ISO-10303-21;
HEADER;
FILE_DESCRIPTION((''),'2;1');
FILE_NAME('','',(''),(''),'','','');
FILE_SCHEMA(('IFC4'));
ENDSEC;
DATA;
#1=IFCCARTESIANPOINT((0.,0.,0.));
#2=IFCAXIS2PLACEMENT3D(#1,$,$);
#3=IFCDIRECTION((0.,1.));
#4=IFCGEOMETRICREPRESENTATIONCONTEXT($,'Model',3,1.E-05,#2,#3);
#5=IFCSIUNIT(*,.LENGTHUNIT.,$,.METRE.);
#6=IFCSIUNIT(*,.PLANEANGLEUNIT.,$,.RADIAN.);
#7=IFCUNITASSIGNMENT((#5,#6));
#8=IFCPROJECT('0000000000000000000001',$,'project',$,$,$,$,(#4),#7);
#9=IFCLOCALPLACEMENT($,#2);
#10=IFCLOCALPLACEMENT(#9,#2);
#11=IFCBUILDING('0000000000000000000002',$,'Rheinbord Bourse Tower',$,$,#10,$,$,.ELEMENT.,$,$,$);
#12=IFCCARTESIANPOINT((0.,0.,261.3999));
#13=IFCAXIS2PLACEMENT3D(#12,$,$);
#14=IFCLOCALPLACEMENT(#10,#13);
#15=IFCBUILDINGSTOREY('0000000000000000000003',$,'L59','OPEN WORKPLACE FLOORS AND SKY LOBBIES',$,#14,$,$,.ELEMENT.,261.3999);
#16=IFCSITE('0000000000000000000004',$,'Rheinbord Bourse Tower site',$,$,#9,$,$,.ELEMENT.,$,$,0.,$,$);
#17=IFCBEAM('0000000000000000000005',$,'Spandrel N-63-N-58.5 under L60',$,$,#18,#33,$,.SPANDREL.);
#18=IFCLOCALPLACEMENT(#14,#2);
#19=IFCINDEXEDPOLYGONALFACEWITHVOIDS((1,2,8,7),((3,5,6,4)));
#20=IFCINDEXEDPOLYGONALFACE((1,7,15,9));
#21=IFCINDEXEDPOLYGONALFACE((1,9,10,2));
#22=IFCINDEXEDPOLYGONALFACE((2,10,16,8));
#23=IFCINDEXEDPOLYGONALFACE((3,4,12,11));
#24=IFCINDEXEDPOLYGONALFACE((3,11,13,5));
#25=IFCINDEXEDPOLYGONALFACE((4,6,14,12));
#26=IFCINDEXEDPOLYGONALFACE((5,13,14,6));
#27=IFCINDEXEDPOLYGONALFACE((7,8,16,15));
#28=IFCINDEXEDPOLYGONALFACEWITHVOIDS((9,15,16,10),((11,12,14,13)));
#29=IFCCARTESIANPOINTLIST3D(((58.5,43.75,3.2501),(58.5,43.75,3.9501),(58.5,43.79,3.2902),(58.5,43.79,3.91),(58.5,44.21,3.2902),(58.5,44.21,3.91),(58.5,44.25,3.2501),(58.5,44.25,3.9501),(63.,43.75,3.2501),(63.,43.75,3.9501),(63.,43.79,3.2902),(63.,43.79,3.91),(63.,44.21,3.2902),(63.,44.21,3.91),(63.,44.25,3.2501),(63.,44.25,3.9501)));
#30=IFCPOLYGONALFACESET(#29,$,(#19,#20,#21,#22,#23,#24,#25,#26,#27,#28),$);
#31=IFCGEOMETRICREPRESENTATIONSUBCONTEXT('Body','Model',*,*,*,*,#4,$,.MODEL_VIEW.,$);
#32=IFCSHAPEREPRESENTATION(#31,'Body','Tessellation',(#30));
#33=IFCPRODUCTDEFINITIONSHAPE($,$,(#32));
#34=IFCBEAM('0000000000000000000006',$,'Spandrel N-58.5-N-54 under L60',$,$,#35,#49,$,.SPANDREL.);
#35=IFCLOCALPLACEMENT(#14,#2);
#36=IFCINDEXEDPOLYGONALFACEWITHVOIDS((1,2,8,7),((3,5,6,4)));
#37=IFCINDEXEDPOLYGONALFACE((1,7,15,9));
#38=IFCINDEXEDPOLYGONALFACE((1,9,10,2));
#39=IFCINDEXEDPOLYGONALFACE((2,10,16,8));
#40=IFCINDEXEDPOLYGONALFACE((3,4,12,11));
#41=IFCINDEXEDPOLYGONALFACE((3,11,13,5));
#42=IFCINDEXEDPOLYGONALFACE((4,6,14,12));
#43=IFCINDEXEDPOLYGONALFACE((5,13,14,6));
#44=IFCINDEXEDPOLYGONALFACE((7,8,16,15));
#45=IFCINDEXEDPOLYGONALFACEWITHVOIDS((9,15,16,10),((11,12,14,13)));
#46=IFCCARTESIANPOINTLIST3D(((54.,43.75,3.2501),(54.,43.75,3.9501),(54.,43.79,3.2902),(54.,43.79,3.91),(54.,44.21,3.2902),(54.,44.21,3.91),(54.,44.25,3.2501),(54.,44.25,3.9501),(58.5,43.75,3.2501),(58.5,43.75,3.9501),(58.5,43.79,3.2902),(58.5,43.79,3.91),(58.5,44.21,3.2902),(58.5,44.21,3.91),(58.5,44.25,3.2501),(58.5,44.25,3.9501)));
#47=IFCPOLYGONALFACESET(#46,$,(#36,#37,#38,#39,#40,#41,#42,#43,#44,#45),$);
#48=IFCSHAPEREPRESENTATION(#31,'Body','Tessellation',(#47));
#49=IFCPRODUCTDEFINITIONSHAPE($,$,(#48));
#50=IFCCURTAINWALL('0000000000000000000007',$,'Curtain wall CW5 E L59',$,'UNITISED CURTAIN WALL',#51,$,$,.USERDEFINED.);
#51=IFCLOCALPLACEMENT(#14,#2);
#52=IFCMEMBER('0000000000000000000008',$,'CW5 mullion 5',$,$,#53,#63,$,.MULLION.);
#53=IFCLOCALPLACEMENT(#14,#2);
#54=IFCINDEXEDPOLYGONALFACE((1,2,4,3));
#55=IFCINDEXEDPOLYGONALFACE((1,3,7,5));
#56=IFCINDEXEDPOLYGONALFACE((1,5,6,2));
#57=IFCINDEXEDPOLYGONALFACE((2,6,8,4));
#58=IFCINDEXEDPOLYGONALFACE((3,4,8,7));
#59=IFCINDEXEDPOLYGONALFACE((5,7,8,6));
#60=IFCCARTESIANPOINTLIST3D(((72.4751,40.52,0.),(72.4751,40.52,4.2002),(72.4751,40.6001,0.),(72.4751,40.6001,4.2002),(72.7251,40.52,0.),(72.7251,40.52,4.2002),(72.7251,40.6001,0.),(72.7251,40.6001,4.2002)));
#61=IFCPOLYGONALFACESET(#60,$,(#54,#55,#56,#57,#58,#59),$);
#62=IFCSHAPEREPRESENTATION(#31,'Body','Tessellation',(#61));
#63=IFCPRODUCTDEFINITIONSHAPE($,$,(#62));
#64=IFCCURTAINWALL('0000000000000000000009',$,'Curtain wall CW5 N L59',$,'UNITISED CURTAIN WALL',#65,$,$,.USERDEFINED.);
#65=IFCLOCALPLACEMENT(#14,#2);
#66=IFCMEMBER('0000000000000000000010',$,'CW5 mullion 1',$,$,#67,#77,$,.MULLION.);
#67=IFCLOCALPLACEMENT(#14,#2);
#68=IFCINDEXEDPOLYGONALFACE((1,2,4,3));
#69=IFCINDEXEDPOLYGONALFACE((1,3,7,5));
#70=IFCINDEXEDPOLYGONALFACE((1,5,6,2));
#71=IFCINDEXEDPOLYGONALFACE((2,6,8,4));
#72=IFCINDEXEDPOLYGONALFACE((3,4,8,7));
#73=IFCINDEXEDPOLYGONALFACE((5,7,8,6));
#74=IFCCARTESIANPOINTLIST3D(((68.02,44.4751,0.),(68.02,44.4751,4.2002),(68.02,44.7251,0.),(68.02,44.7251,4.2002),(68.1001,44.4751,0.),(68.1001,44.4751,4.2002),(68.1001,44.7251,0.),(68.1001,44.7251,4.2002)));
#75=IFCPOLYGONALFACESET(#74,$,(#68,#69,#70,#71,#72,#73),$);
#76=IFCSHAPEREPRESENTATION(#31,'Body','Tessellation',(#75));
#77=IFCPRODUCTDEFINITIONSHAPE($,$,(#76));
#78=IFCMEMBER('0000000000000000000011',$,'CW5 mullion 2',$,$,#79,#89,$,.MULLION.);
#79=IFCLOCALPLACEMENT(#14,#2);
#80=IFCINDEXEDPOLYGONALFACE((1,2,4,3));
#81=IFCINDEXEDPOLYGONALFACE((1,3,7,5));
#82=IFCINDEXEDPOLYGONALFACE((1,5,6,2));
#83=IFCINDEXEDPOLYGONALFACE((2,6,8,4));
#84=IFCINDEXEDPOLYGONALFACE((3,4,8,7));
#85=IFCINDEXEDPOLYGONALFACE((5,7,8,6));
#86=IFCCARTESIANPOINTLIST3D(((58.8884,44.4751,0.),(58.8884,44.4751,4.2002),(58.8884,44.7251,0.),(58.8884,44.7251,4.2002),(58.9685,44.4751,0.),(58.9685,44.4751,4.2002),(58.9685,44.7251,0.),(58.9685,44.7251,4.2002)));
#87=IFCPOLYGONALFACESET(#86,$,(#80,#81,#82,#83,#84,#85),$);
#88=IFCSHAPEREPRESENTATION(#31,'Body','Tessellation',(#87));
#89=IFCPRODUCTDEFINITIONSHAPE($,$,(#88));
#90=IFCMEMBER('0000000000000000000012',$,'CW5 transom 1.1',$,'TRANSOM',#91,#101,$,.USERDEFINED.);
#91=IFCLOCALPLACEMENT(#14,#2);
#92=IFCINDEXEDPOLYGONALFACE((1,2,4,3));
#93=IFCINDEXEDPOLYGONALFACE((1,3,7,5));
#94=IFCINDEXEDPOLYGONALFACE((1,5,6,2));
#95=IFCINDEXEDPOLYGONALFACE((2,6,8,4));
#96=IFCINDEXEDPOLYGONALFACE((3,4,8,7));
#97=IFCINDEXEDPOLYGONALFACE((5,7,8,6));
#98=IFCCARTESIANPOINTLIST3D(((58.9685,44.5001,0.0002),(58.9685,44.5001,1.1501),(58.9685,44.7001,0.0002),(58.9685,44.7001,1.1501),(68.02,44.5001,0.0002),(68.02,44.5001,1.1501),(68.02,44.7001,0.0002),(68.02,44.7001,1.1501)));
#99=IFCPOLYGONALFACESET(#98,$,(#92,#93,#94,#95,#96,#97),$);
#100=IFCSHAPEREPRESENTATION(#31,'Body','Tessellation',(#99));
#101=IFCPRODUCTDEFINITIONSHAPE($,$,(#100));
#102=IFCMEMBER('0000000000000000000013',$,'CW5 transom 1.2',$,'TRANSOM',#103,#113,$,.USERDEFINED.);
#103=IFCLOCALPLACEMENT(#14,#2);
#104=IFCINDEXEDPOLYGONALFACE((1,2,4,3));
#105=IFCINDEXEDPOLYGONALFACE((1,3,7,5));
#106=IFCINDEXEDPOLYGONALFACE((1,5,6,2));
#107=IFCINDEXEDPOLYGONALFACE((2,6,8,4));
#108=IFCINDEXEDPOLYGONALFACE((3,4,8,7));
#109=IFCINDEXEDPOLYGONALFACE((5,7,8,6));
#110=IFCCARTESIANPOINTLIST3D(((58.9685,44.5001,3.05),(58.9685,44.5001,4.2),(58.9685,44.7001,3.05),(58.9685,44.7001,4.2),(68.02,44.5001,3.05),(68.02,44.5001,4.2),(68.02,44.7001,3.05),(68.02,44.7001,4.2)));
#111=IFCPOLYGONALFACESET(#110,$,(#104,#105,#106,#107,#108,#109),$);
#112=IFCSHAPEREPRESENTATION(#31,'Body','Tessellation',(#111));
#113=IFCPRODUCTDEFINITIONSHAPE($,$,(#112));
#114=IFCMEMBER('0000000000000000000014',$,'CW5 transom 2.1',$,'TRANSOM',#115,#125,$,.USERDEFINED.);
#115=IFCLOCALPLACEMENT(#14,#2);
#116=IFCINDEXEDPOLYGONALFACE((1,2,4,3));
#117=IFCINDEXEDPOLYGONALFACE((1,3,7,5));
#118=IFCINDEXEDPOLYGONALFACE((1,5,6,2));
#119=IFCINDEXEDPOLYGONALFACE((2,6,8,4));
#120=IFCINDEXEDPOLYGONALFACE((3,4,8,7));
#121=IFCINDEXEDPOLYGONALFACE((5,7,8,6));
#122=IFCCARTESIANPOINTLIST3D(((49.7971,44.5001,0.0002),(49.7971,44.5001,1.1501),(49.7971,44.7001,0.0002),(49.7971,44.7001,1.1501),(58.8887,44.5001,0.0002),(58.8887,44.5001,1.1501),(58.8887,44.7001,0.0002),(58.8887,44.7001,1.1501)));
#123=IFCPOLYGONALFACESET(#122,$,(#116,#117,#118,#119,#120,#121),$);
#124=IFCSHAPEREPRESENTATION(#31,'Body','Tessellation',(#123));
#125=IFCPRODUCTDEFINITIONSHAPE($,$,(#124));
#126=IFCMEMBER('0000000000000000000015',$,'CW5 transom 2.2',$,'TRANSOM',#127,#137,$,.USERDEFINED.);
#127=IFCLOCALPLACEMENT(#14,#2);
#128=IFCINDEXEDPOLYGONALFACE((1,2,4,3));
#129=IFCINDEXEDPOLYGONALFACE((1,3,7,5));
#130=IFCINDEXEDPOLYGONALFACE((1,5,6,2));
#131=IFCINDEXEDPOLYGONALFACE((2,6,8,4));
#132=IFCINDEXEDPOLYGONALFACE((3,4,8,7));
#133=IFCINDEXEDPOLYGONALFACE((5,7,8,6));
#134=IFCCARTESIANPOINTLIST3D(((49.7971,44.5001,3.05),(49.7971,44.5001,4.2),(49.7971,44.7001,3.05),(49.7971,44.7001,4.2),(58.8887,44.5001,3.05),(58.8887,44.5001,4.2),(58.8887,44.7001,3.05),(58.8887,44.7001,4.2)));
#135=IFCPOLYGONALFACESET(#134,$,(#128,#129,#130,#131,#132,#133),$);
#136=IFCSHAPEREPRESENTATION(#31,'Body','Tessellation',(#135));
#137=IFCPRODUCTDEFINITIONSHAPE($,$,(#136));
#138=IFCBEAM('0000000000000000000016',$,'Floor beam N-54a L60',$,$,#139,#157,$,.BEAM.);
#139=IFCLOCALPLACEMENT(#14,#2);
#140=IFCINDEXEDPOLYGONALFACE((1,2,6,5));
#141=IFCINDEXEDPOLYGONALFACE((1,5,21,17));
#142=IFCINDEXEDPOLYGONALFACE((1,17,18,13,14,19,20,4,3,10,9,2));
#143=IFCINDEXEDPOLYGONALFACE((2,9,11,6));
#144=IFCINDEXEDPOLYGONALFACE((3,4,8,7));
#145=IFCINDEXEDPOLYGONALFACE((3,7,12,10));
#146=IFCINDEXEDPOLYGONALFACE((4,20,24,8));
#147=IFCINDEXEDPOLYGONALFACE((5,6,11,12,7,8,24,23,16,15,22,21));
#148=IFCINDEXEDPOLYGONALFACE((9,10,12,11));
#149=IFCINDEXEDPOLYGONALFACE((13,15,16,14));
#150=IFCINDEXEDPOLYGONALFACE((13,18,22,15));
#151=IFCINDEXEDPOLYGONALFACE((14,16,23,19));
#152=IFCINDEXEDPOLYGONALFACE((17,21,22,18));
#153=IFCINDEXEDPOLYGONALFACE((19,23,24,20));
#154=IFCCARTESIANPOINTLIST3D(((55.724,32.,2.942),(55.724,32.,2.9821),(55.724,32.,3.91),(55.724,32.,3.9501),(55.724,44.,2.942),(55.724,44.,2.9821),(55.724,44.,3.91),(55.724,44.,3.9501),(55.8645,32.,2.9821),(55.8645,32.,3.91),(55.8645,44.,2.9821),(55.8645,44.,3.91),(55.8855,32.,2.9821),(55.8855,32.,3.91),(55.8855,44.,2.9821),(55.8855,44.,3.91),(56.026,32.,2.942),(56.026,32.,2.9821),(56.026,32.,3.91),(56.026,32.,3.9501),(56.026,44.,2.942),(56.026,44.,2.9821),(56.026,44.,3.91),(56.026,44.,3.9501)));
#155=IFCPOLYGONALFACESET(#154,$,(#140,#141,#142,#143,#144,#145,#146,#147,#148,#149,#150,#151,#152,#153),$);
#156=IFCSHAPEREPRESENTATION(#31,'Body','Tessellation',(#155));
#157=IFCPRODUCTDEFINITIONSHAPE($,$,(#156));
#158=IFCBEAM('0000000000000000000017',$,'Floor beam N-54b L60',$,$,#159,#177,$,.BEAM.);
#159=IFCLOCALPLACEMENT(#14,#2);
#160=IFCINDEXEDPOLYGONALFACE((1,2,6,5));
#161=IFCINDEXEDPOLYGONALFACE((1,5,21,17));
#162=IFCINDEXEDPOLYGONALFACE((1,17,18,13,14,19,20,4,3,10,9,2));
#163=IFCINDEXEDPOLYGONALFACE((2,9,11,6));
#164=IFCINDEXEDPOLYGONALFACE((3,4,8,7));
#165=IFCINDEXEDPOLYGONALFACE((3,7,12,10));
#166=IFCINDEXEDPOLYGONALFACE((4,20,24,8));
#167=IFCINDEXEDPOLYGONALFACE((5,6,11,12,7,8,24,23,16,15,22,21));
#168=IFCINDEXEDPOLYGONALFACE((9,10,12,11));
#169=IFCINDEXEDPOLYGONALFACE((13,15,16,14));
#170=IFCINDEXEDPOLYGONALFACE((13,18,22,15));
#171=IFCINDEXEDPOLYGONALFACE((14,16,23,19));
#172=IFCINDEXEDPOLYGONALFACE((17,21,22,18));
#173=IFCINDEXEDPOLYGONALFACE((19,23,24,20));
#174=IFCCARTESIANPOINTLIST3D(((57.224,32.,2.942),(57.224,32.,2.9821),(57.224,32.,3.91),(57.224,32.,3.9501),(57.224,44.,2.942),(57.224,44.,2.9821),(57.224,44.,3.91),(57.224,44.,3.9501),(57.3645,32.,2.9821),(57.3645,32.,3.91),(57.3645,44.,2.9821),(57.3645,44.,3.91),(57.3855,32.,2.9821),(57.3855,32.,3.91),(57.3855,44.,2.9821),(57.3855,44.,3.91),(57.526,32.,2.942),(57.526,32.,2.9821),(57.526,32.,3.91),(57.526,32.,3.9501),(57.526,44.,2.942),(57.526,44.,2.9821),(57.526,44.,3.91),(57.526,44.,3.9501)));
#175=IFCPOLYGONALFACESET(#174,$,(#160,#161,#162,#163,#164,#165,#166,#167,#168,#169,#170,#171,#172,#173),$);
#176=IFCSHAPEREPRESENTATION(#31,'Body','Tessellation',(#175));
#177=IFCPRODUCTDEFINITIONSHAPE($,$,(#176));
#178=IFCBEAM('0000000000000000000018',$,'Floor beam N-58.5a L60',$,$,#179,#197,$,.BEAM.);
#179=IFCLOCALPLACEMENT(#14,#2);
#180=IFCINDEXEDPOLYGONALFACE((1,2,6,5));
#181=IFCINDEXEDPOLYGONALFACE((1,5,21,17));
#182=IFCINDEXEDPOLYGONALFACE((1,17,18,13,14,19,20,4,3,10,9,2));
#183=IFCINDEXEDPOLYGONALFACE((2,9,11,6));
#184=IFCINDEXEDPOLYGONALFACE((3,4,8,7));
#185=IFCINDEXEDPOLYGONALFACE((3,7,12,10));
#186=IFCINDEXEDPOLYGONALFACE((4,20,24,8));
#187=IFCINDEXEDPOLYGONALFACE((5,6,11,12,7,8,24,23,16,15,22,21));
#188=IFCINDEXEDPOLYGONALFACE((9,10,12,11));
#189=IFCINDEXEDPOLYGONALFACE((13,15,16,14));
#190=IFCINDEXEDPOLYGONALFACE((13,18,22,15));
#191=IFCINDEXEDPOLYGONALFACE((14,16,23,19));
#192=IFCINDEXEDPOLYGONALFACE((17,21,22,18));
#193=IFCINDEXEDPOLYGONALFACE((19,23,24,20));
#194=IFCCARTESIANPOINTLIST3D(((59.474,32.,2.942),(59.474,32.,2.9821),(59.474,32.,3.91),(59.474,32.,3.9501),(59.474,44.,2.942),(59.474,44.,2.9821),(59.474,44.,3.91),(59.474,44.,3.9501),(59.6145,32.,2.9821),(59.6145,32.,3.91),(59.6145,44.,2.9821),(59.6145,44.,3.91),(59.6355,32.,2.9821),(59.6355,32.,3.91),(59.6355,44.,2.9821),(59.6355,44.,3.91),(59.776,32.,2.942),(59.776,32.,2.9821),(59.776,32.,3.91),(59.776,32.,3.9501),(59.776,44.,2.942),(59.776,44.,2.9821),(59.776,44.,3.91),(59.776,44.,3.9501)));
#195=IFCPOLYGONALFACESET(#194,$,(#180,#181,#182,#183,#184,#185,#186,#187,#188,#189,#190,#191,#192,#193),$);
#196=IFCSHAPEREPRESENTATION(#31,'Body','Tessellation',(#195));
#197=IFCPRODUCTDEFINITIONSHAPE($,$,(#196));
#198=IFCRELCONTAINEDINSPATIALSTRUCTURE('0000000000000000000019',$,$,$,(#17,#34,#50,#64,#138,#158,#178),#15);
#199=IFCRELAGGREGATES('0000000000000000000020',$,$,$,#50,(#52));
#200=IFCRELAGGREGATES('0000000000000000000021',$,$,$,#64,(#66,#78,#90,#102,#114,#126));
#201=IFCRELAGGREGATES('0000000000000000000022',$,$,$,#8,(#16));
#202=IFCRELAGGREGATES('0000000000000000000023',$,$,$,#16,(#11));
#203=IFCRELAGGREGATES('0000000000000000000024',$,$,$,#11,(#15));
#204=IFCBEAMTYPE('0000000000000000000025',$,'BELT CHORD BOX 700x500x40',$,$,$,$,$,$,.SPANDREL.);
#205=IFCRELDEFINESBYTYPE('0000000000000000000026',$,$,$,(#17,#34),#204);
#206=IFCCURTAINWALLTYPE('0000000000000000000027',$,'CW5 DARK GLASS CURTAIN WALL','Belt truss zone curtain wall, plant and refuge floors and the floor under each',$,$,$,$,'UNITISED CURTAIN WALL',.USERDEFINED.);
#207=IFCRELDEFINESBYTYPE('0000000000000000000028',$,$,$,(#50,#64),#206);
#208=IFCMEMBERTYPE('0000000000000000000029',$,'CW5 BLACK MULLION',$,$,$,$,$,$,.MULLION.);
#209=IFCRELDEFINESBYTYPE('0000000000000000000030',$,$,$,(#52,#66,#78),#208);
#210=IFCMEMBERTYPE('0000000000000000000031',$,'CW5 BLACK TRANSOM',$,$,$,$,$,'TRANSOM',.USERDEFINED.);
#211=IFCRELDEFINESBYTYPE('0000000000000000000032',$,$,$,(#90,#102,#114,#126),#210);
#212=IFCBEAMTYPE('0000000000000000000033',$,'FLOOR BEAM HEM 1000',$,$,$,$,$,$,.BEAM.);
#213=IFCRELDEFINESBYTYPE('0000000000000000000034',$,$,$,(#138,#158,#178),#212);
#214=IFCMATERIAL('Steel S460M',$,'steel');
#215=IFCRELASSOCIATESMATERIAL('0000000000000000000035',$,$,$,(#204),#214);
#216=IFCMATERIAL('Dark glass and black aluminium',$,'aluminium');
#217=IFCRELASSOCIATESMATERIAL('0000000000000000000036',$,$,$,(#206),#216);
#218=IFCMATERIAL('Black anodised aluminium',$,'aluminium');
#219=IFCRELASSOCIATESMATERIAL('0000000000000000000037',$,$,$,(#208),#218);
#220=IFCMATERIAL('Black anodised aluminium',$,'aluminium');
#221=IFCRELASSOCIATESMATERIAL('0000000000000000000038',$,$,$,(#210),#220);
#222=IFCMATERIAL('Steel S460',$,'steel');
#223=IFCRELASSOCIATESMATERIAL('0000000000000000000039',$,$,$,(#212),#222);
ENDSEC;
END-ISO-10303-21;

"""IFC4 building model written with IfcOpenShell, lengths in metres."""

from ifc_helpers import new_model, si_unit, direction, frame, origin, origin_2d, place, context, subcontext, project, spatial, rectangle, hollow_rectangle, i_section, extrude, material, material_profile, profile_set, type_object, element, aggregate, save


model = new_model("IFC4")

# Units and contexts
model_context = context("Model", 3, precision=1e-05, world=origin(), true_north=direction((0.0, 1.0)))
body_context = subcontext(model_context, "Body", "Model", "MODEL_VIEW")
ifc_project = project(units=[si_unit("LENGTHUNIT", "METRE"), si_unit("PLANEANGLEUNIT", "RADIAN")], contexts=[model_context])

# Site, building, storey
site_placement = place(None, origin())
site = spatial("IfcSite", under=ifc_project, at=site_placement, Name="Rheinbord Bourse Tower site", CompositionType="ELEMENT", RefElevation=0.0)
building_placement = place(site_placement, origin())
building = spatial("IfcBuilding", under=site, at=building_placement, Name="Rheinbord Bourse Tower", CompositionType="ELEMENT")
storey_placement = place(building_placement, frame((0.0, 0.0, 261.3999)))
storey = spatial("IfcBuildingStorey", under=building, at=storey_placement, Name="L59", Description="OPEN WORKPLACE FLOORS AND SKY LOBBIES", CompositionType="ELEMENT", Elevation=261.3999)

# Beams
ifc_material_1 = material(Name="Steel S460M", Category="steel")
ifc_material_profile_1 = material_profile(ifc_material_1, hollow_rectangle(XDim=0.5, YDim=0.7, WallThickness=0.04, at=origin_2d()), Name="BOX 700x500x40")
ifc_profile_set_1 = profile_set([ifc_material_profile_1], Name="Steel S460M")
beam_type_1 = type_object("IfcBeamType", Name="BELT CHORD BOX 700x500x40", PredefinedType="SPANDREL", material=ifc_profile_set_1)
for number, where, z_axis, x_axis, name in (
    (1, (63.0, 44.0, 3.6001), (-1.0, 0.0, 0.0), (0.0, -1.0, 0.0), "Spandrel N-63-N-58.5 under L60"),
    (2, (58.5, 44.0, 3.6001), (-1.0, 0.0, 0.0), (0.0, -1.0, 0.0), "Spandrel N-58.5-N-54 under L60"),
):
    element("IfcBeam", number, at=place(storey_placement, frame(where, z_axis=z_axis, x_axis=x_axis)), inside=storey, type_object=beam_type_1, Name=name, PredefinedType="SPANDREL", context=body_context, shape_type="SweptSolid", body=[
        extrude(hollow_rectangle(XDim=0.5, YDim=0.7, WallThickness=0.04, at=origin_2d()), origin(), (0.0, 0.0, 1.0), 4.5),
    ])

# Curtain wall, member
ifc_material_2 = material(Name="Dark glass and black aluminium", Category="aluminium")
curtain_wall_type = type_object("IfcCurtainWallType", Name="CW5 DARK GLASS CURTAIN WALL", Description="Belt truss zone curtain wall, plant and refuge floors and the floor under each", ElementType="UNITISED CURTAIN WALL", PredefinedType="USERDEFINED", material=ifc_material_2)
curtain_wall_1_placement = place(storey_placement, origin())
curtain_wall_1 = element("IfcCurtainWall", 3, at=curtain_wall_1_placement, inside=storey, type_object=curtain_wall_type, Name="Curtain wall CW5 E L59", ObjectType="UNITISED CURTAIN WALL", PredefinedType="USERDEFINED")
ifc_material_3 = material(Name="Black anodised aluminium", Category="aluminium")
ifc_material_profile_2 = material_profile(ifc_material_3, rectangle(XDim=0.25, YDim=0.0801, at=origin_2d()), Name="CW5 MULLION 80x250")
ifc_profile_set_2 = profile_set([ifc_material_profile_2], Name="Black anodised aluminium")
member_type_1 = type_object("IfcMemberType", Name="CW5 BLACK MULLION", PredefinedType="MULLION", material=ifc_profile_set_2)
member_1_placement = place(storey_placement, frame((72.6001, 40.5601, 0.0), z_axis=(0.0, 0.0, 1.0), x_axis=(-1.0, 0.0, 0.0)))
member_1 = element("IfcMember", 4, at=member_1_placement, type_object=member_type_1, Name="CW5 mullion 5", PredefinedType="MULLION", context=body_context, shape_type="SweptSolid", body=[
    extrude(rectangle(XDim=0.25, YDim=0.0801, at=origin_2d()), origin(), (0.0, 0.0, 1.0), 4.2002),
])

# Curtain wall, members
curtain_wall_2_placement = place(storey_placement, origin())
curtain_wall_2 = element("IfcCurtainWall", 5, at=curtain_wall_2_placement, inside=storey, type_object=curtain_wall_type, Name="Curtain wall CW5 N L59", ObjectType="UNITISED CURTAIN WALL", PredefinedType="USERDEFINED")
member_2_placement = place(storey_placement, frame((68.0601, 44.6001, 0.0), z_axis=(0.0, 0.0, 1.0), x_axis=(0.0, -1.0, 0.0)))
member_2 = element("IfcMember", 6, at=member_2_placement, type_object=member_type_1, Name="CW5 mullion 1", PredefinedType="MULLION", context=body_context, shape_type="SweptSolid", body=[
    extrude(rectangle(XDim=0.25, YDim=0.0801, at=origin_2d()), origin(), (0.0, 0.0, 1.0), 4.2002),
])
member_3_placement = place(storey_placement, frame((58.9285, 44.6001, 0.0), z_axis=(0.0, 0.0, 1.0), x_axis=(0.0, -1.0, 0.0)))
member_3 = element("IfcMember", 7, at=member_3_placement, type_object=member_type_1, Name="CW5 mullion 2", PredefinedType="MULLION", context=body_context, shape_type="SweptSolid", body=[
    extrude(rectangle(XDim=0.25, YDim=0.0801, at=origin_2d()), origin(), (0.0, 0.0, 1.0), 4.2002),
])
ifc_material_4 = material(Name="Black anodised aluminium", Category="aluminium")
ifc_material_profile_3 = material_profile(ifc_material_4, rectangle(XDim=0.2, YDim=1.1499, at=origin_2d()), Name="CW5 TRANSOM 1150x200")
ifc_profile_set_3 = profile_set([ifc_material_profile_3], Name="Black anodised aluminium")
member_type_2 = type_object("IfcMemberType", Name="CW5 BLACK TRANSOM", ElementType="TRANSOM", PredefinedType="USERDEFINED", material=ifc_profile_set_3)
member_4_placement = place(storey_placement, frame((68.02, 44.6001, 0.5752), z_axis=(-1.0, 0.0, 0.0), x_axis=(0.0, -1.0, 0.0)))
member_4 = element("IfcMember", 8, at=member_4_placement, type_object=member_type_2, Name="CW5 transom 1.1", ObjectType="TRANSOM", PredefinedType="USERDEFINED", context=body_context, shape_type="SweptSolid", body=[
    extrude(rectangle(XDim=0.2, YDim=1.1499, at=origin_2d()), origin(), (0.0, 0.0, 1.0), 9.0515),
])
member_5_placement = place(storey_placement, frame((68.02, 44.6001, 3.625), z_axis=(-1.0, 0.0, 0.0), x_axis=(0.0, -1.0, 0.0)))
member_5 = element("IfcMember", 9, at=member_5_placement, type_object=member_type_2, Name="CW5 transom 1.2", ObjectType="TRANSOM", PredefinedType="USERDEFINED", context=body_context, shape_type="SweptSolid", body=[
    extrude(rectangle(XDim=0.2, YDim=1.1499, at=origin_2d()), origin(), (0.0, 0.0, 1.0), 9.0515),
])
member_6_placement = place(storey_placement, frame((58.8887, 44.6001, 0.5752), z_axis=(-1.0, 0.0, 0.0), x_axis=(0.0, -1.0, 0.0)))
member_6 = element("IfcMember", 10, at=member_6_placement, type_object=member_type_2, Name="CW5 transom 2.1", ObjectType="TRANSOM", PredefinedType="USERDEFINED", context=body_context, shape_type="SweptSolid", body=[
    extrude(rectangle(XDim=0.2, YDim=1.1499, at=origin_2d()), origin(), (0.0, 0.0, 1.0), 9.0916),
])
member_7_placement = place(storey_placement, frame((58.8887, 44.6001, 3.625), z_axis=(-1.0, 0.0, 0.0), x_axis=(0.0, -1.0, 0.0)))
member_7 = element("IfcMember", 11, at=member_7_placement, type_object=member_type_2, Name="CW5 transom 2.2", ObjectType="TRANSOM", PredefinedType="USERDEFINED", context=body_context, shape_type="SweptSolid", body=[
    extrude(rectangle(XDim=0.2, YDim=1.1499, at=origin_2d()), origin(), (0.0, 0.0, 1.0), 9.0916),
])

# Beams
ifc_material_5 = material(Name="Steel S460", Category="steel")
ifc_material_profile_4 = material_profile(ifc_material_5, i_section(OverallWidth=0.302, OverallDepth=1.0081, WebThickness=0.021, FlangeThickness=0.04, at=origin_2d()), Name="HEM 1000")
ifc_profile_set_4 = profile_set([ifc_material_profile_4], Name="Steel S460")
beam_type_2 = type_object("IfcBeamType", Name="FLOOR BEAM HEM 1000", PredefinedType="BEAM", material=ifc_profile_set_4)
for number, where, z_axis, x_axis, name in (
    (12, (55.875, 44.0, 3.446), (0.0, -1.0, 0.0), (1.0, 0.0, 0.0), "Floor beam N-54a L60"),
    (13, (57.375, 44.0, 3.446), (0.0, -1.0, 0.0), (1.0, 0.0, 0.0), "Floor beam N-54b L60"),
    (14, (59.625, 44.0, 3.446), (0.0, -1.0, 0.0), (1.0, 0.0, 0.0), "Floor beam N-58.5a L60"),
):
    element("IfcBeam", number, at=place(storey_placement, frame(where, z_axis=z_axis, x_axis=x_axis)), inside=storey, type_object=beam_type_2, Name=name, PredefinedType="BEAM", context=body_context, shape_type="SweptSolid", body=[
        extrude(i_section(OverallWidth=0.302, OverallDepth=1.0081, WebThickness=0.021, FlangeThickness=0.04, at=origin_2d()), origin(), (0.0, 0.0, 1.0), 12.0),
    ])

aggregate(curtain_wall_1, [member_1])
aggregate(curtain_wall_2, [member_2, member_3, member_4, member_5, member_6, member_7])

save(model, "model.ifc")
